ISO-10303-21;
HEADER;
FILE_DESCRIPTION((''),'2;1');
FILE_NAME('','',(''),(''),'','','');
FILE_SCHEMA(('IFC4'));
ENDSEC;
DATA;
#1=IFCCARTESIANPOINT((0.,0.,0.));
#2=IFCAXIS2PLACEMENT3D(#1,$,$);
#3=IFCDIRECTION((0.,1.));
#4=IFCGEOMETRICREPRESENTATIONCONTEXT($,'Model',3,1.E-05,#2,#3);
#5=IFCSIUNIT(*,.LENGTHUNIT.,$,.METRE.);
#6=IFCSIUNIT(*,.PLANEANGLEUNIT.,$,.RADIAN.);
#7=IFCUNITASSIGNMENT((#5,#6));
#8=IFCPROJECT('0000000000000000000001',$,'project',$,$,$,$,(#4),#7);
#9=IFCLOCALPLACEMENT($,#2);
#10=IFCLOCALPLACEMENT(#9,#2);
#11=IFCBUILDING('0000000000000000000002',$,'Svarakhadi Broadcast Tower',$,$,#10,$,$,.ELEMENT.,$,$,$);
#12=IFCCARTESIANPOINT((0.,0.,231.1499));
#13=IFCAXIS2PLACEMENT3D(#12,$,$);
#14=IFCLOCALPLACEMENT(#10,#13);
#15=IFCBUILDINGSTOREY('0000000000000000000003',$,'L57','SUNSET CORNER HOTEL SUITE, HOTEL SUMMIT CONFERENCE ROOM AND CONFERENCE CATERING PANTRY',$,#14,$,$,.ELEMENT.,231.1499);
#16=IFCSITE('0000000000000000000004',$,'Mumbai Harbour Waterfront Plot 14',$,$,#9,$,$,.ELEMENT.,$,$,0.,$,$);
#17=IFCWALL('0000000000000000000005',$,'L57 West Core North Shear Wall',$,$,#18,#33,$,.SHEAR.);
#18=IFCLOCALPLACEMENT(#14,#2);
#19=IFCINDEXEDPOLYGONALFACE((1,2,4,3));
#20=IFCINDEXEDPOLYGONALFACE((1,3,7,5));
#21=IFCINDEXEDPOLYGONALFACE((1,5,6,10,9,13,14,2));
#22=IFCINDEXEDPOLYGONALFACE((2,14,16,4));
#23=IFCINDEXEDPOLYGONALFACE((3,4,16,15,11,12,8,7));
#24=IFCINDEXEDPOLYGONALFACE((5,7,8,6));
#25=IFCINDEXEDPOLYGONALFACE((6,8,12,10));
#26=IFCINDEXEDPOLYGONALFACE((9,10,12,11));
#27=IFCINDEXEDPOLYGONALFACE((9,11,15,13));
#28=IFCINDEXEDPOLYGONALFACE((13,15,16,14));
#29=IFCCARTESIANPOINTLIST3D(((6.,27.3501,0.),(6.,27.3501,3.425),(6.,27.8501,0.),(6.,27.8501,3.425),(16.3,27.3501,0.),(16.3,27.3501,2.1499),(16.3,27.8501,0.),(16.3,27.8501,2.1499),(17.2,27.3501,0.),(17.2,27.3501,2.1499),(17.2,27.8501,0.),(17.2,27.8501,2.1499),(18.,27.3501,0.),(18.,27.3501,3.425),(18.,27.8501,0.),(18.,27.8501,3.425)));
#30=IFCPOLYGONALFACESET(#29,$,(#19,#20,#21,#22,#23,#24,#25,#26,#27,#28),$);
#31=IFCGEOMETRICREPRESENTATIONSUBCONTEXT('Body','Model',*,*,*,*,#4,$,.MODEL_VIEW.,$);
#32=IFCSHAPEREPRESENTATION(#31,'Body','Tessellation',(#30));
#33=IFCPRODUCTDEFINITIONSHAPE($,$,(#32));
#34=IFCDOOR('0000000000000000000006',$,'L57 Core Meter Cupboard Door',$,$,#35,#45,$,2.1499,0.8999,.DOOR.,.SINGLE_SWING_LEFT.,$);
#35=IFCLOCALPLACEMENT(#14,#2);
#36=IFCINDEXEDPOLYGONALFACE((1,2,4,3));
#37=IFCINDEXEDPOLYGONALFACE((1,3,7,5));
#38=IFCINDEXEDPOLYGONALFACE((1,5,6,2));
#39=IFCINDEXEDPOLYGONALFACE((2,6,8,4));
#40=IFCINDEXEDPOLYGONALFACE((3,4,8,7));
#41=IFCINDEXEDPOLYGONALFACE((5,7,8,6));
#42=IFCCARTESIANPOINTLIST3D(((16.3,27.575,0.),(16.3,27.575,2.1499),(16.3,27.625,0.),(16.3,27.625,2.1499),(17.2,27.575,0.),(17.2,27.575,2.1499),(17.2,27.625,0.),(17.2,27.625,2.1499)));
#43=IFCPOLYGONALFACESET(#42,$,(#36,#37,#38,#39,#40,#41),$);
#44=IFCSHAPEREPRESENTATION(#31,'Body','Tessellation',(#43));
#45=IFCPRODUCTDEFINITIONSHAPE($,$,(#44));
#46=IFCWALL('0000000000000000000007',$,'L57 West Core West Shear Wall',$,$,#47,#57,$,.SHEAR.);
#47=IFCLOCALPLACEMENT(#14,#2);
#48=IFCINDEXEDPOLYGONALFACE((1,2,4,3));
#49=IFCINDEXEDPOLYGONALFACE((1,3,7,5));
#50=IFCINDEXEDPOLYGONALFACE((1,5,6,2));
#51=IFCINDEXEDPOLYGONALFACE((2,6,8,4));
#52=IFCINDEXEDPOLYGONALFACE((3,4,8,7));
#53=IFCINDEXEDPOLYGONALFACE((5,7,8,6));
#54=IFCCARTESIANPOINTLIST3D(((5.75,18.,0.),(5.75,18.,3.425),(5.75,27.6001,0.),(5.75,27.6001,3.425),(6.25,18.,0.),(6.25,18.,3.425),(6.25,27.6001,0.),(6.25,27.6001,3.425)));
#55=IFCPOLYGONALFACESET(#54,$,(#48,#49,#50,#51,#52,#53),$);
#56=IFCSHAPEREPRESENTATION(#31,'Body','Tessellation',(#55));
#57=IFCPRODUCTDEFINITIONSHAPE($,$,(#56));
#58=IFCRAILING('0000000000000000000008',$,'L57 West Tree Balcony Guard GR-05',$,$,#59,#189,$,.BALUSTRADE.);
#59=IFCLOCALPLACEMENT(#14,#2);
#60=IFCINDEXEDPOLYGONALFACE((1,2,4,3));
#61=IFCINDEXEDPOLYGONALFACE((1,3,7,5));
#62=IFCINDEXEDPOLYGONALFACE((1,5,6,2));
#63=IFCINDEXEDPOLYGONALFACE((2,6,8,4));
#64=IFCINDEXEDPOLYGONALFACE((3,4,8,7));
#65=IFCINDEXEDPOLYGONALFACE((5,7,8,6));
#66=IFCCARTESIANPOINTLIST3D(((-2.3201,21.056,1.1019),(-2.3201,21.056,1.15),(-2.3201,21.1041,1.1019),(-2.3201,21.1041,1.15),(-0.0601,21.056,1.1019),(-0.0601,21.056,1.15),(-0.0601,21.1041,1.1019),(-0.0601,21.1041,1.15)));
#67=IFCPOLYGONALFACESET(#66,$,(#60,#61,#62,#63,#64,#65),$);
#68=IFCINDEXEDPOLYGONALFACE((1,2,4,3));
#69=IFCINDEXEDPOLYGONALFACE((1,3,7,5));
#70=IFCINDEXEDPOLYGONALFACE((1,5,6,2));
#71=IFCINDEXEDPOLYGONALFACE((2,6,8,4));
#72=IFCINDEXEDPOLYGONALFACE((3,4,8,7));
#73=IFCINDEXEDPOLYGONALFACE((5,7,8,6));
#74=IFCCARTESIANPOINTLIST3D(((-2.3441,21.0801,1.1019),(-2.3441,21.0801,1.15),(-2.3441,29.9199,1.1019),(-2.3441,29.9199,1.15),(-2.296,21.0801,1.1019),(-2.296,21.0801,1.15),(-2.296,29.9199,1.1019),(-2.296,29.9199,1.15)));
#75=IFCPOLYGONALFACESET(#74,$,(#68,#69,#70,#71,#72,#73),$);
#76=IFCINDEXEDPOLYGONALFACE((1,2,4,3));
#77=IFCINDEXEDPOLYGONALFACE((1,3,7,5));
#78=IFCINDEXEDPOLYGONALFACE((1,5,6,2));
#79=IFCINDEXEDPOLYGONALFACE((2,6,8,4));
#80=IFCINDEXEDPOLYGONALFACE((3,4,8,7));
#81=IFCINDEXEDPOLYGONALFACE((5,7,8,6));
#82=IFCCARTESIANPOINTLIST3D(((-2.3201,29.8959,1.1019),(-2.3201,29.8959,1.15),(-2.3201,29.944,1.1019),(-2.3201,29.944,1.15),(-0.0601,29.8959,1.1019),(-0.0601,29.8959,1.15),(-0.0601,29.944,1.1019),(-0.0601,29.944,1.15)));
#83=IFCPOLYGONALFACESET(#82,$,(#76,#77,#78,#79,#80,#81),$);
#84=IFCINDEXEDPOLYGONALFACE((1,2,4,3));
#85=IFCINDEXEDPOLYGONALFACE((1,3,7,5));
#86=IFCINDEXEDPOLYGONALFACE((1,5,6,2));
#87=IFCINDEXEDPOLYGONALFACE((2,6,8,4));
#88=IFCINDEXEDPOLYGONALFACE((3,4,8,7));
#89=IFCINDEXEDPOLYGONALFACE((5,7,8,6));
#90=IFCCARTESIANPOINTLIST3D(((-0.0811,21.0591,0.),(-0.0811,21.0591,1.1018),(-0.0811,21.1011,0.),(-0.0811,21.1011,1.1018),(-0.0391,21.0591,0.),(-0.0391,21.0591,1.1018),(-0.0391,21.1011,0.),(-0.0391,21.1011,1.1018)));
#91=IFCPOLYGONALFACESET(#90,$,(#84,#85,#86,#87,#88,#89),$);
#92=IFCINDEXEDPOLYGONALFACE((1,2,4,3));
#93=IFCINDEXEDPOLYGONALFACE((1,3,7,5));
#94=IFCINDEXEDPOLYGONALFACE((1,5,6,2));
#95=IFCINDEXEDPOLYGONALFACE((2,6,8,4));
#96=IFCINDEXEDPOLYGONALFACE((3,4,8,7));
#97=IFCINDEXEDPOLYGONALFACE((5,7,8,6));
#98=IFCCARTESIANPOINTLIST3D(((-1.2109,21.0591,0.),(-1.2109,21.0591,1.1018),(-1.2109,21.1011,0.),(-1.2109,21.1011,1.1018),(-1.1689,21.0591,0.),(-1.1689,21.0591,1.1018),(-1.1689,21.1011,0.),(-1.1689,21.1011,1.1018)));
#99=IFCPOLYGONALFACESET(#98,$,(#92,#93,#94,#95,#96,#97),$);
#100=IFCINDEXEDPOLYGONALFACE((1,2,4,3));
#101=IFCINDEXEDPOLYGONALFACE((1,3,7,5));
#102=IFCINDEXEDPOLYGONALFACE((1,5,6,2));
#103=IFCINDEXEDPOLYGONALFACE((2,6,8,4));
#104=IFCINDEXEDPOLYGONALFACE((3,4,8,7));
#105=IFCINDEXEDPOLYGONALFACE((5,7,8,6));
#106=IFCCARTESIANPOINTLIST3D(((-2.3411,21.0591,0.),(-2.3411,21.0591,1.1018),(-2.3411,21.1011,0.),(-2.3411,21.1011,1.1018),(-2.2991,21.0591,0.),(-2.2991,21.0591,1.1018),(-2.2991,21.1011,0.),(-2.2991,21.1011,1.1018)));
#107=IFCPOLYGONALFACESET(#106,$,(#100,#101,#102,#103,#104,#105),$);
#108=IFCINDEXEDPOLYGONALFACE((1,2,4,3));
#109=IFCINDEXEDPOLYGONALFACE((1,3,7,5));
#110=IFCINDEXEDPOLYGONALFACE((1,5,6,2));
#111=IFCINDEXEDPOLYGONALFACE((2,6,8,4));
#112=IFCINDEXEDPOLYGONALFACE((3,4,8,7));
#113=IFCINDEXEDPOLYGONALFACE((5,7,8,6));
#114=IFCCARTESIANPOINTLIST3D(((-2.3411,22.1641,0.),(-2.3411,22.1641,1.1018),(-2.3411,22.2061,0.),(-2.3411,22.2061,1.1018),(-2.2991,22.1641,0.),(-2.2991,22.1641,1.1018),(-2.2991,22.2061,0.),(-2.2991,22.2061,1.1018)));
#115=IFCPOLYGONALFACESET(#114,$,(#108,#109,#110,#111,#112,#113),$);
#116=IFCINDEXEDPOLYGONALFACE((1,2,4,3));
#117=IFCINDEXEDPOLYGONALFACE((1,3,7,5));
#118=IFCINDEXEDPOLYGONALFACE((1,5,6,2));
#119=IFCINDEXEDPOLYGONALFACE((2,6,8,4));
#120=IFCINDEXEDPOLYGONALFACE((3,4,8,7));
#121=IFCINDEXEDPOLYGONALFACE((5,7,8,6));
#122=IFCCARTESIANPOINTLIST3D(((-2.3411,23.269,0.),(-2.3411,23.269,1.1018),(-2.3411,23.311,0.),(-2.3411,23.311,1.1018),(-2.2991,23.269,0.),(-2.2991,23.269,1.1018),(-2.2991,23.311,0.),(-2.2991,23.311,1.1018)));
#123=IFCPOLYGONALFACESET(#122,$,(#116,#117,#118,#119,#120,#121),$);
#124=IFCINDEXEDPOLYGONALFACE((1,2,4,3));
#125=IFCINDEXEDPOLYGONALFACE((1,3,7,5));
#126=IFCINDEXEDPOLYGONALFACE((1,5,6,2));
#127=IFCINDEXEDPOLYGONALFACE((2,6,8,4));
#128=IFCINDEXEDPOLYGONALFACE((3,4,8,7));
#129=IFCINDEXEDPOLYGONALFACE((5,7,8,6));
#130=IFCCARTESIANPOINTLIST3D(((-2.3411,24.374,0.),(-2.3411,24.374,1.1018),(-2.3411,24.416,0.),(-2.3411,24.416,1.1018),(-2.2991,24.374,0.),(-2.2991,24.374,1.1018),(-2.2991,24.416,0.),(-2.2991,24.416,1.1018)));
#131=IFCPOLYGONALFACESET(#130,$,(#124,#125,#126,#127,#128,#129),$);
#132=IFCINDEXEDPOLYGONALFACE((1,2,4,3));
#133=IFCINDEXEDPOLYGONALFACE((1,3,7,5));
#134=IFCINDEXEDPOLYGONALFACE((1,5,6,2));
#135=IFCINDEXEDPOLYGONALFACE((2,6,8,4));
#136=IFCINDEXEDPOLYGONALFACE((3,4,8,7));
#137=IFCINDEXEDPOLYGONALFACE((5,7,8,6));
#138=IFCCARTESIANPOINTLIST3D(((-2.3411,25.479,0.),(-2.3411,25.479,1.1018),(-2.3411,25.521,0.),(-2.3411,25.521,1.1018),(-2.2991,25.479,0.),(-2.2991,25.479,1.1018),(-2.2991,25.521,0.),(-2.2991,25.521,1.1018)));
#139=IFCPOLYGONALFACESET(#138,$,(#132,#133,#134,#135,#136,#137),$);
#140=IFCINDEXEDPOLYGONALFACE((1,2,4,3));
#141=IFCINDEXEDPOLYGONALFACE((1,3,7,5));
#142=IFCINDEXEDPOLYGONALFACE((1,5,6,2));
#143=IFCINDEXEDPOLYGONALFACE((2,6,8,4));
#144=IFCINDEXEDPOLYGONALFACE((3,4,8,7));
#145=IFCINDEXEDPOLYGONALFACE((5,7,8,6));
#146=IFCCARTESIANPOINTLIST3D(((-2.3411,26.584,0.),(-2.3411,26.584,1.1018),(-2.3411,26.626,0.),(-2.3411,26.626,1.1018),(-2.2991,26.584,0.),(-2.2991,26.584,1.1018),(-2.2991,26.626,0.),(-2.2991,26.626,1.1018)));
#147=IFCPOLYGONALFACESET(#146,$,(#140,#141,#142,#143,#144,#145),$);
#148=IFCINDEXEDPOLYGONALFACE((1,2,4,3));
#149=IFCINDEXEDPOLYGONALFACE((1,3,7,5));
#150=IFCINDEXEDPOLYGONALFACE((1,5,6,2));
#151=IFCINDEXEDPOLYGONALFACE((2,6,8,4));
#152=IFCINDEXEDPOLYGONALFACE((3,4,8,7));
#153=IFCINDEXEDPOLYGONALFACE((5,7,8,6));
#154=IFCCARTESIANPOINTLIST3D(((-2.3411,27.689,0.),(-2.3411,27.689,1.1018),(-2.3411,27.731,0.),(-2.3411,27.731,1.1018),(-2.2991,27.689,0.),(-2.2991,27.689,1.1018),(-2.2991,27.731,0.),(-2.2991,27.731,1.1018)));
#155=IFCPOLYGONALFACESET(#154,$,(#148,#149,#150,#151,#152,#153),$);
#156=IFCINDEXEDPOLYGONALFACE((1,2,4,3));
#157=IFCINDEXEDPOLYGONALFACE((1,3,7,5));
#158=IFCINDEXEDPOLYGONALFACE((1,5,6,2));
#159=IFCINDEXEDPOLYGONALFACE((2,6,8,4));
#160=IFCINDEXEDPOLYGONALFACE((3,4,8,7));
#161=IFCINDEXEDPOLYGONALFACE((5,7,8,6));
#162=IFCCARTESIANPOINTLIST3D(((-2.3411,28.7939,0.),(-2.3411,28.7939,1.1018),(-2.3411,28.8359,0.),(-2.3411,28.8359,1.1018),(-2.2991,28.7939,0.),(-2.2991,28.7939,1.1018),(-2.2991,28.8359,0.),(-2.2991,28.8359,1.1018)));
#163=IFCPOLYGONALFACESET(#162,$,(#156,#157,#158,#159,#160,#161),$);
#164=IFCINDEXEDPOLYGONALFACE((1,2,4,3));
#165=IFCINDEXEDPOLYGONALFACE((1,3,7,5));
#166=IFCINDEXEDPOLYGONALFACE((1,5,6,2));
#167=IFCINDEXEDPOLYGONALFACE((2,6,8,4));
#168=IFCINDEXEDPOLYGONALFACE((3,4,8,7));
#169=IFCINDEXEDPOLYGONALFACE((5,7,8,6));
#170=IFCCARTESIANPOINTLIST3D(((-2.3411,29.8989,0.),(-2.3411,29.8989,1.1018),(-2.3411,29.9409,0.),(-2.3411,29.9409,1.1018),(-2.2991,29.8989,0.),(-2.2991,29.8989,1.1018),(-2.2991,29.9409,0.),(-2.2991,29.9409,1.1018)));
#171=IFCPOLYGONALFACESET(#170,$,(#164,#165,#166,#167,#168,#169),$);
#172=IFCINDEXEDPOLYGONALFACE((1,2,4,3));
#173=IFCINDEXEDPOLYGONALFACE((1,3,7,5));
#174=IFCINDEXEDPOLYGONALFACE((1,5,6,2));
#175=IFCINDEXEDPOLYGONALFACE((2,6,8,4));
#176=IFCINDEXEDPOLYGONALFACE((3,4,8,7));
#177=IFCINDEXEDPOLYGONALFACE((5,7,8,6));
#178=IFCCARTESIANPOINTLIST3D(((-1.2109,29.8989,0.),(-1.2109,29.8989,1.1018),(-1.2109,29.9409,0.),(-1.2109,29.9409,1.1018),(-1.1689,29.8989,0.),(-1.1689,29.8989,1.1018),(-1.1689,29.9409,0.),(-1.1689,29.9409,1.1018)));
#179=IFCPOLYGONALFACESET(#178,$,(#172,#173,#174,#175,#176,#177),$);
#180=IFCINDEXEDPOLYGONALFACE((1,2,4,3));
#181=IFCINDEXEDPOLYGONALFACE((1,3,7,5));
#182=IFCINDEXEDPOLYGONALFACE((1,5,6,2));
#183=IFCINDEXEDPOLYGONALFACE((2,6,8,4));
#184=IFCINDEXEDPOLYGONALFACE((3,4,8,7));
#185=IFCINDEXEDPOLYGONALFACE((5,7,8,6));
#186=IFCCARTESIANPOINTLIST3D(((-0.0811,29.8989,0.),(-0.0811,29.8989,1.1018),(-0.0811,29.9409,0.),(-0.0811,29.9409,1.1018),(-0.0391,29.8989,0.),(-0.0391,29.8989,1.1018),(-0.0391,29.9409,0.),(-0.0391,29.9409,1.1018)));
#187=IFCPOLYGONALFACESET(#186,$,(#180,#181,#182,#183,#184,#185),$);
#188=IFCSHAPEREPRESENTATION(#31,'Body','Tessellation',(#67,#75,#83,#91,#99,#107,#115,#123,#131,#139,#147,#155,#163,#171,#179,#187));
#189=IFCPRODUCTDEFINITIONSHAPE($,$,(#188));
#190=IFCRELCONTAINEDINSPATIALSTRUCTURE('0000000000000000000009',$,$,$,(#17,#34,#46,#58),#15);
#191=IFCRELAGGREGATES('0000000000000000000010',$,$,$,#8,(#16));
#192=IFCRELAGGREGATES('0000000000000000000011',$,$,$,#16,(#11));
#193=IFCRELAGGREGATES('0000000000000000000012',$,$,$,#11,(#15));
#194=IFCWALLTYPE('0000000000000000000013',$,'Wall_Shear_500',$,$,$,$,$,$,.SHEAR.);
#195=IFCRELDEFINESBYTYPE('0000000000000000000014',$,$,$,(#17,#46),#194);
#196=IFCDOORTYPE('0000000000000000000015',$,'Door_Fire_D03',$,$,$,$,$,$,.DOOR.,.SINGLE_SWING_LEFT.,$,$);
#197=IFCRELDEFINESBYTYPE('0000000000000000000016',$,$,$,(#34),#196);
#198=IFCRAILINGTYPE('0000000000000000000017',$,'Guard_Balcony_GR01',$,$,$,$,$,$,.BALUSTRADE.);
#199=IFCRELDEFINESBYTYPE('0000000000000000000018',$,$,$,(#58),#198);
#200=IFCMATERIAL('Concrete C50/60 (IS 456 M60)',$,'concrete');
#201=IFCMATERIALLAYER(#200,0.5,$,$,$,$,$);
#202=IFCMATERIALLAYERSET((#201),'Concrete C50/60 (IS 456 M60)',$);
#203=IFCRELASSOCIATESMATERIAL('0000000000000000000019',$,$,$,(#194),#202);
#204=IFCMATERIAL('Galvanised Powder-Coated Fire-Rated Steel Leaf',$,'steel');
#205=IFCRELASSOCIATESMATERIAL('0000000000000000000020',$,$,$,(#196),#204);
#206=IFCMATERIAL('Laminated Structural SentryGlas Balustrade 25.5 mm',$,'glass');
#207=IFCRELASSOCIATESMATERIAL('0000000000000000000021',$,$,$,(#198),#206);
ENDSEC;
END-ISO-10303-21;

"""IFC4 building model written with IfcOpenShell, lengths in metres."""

from ifc_helpers import new_model, si_unit, direction, frame, frame_2d, origin, origin_2d, place, context, subcontext, project, spatial, rectangle, extrude, material, layer, layer_set, type_object, element, fill, save


model = new_model("IFC4")

# Units and contexts
model_context = context("Model", 3, precision=1e-05, world=origin(), true_north=direction((0.0, 1.0)))
body_context = subcontext(model_context, "Body", "Model", "MODEL_VIEW")
ifc_project = project(units=[si_unit("LENGTHUNIT", "METRE"), si_unit("PLANEANGLEUNIT", "RADIAN")], contexts=[model_context])

# Site, building, storey
site_placement = place(None, origin())
site = spatial("IfcSite", under=ifc_project, at=site_placement, Name="Mumbai Harbour Waterfront Plot 14", CompositionType="ELEMENT", RefElevation=0.0)
building_placement = place(site_placement, origin())
building = spatial("IfcBuilding", under=site, at=building_placement, Name="Svarakhadi Broadcast Tower", CompositionType="ELEMENT")
storey_placement = place(building_placement, frame((0.0, 0.0, 231.1499)))
storey = spatial("IfcBuildingStorey", under=building, at=storey_placement, Name="L57", Description="SUNSET CORNER HOTEL SUITE, HOTEL SUMMIT CONFERENCE ROOM AND CONFERENCE CATERING PANTRY", CompositionType="ELEMENT", Elevation=231.1499)

# Shared definitions
ifc_material_1 = material(Name="Concrete C50/60 (IS 456 M60)", Category="concrete")

# Shared definitions
ifc_material_2 = material(Name="Galvanised Powder-Coated Fire-Rated Steel Leaf", Category="steel")

# Wall, opening, door
ifc_layer_1 = layer(ifc_material_1, 0.5)
ifc_layer_set_1 = layer_set([ifc_layer_1], Name="Concrete C50/60 (IS 456 M60)")
wall_type_1 = type_object("IfcWallType", Name="Wall_Shear_500", PredefinedType="SHEAR", material=ifc_layer_set_1)
wall_1_placement = place(storey_placement, frame((6.0, 27.6001, 0.0), z_axis=(0.0, 0.0, 1.0), x_axis=(1.0, 0.0, 0.0)))
wall_1 = element("IfcWall", 1, at=wall_1_placement, inside=storey, type_object=wall_type_1, Name="L57 West Core North Shear Wall", PredefinedType="SHEAR", context=body_context, shape_type="SweptSolid", body=[
    extrude(rectangle(XDim=12.0, YDim=0.5, at=frame_2d((6.0, 0.0))), origin(), (0.0, 0.0, 1.0), 3.425),
])
opening_1_placement = place(wall_1_placement, frame((10.3, 0.0, 0.0)))
opening_1 = element("IfcOpeningElement", 2, at=opening_1_placement, cuts=wall_1, PredefinedType="OPENING", context=body_context, shape_type="SweptSolid", body=[
    extrude(rectangle(XDim=0.8999, YDim=2.1499, at=frame_2d((0.45, 1.075))), frame((0.0, 0.26, 0.0), z_axis=(0.0, -1.0, 0.0), x_axis=(1.0, 0.0, 0.0)), (0.0, 0.0, 1.0), 0.52),
])
door_type_1 = type_object("IfcDoorType", Name="Door_Fire_D03", OperationType="SINGLE_SWING_LEFT", PredefinedType="DOOR", material=ifc_material_2)
door_1_placement = place(opening_1_placement, origin())
door_1 = element("IfcDoor", 3, at=door_1_placement, inside=storey, type_object=door_type_1, Name="L57 Core Meter Cupboard Door", OperationType="SINGLE_SWING_LEFT", OverallHeight=2.1499, OverallWidth=0.8999, PredefinedType="DOOR", context=body_context, shape_type="SweptSolid", body=[
    extrude(rectangle(XDim=0.8999, YDim=2.1499, at=frame_2d((0.45, 1.075))), frame((0.0, 0.0249, 0.0), z_axis=(0.0, -1.0, 0.0), x_axis=(1.0, 0.0, 0.0)), (0.0, 0.0, 1.0), 0.05),
])
fill(opening_1, door_1)

# Wall
wall_2_placement = place(storey_placement, frame((6.0, 18.0, 0.0), z_axis=(0.0, 0.0, 1.0), x_axis=(0.0, 1.0, 0.0)))
element("IfcWall", 4, at=wall_2_placement, inside=storey, type_object=wall_type_1, Name="L57 West Core West Shear Wall", PredefinedType="SHEAR", context=body_context, shape_type="SweptSolid", body=[
    extrude(rectangle(XDim=9.6001, YDim=0.5, at=frame_2d((4.8, 0.0))), origin(), (0.0, 0.0, 1.0), 3.425),
])

# Railing
ifc_material_3 = material(Name="Laminated Structural SentryGlas Balustrade 25.5 mm", Category="glass")
railing_type = type_object("IfcRailingType", Name="Guard_Balcony_GR01", PredefinedType="BALUSTRADE", material=ifc_material_3)
railing_placement = place(storey_placement, frame((-0.0601, 21.0801, 0.0)))
element("IfcRailing", 5, at=railing_placement, inside=storey, type_object=railing_type, Name="L57 West Tree Balcony Guard GR-05", PredefinedType="BALUSTRADE", context=body_context, shape_type="SweptSolid", body=[
    extrude(rectangle(XDim=0.0481, YDim=0.0481, at=origin_2d()), frame((0.0, 0.0, 1.126), z_axis=(-1.0, 0.0, 0.0), x_axis=(0.0, -1.0, 0.0)), (0.0, 0.0, 1.0), 2.26),
    extrude(rectangle(XDim=0.0481, YDim=0.0481, at=origin_2d()), frame((-2.26, 0.0, 1.126), z_axis=(0.0, 1.0, 0.0), x_axis=(-1.0, 0.0, 0.0)), (0.0, 0.0, 1.0), 8.8398),
    extrude(rectangle(XDim=0.0481, YDim=0.0481, at=origin_2d()), frame((-2.26, 8.8398, 1.126), z_axis=(1.0, 0.0, 0.0), x_axis=(0.0, 1.0, 0.0)), (0.0, 0.0, 1.0), 2.26),
    extrude(rectangle(XDim=0.042, YDim=0.042, at=origin_2d()), origin(), (0.0, 0.0, 1.0), 1.1018),
    extrude(rectangle(XDim=0.042, YDim=0.042, at=origin_2d()), frame((-1.1299, 0.0, 0.0)), (0.0, 0.0, 1.0), 1.1018),
    extrude(rectangle(XDim=0.042, YDim=0.042, at=origin_2d()), frame((-2.26, 0.0, 0.0)), (0.0, 0.0, 1.0), 1.1018),
    extrude(rectangle(XDim=0.042, YDim=0.042, at=origin_2d()), frame((-2.26, 1.105, 0.0)), (0.0, 0.0, 1.0), 1.1018),
    extrude(rectangle(XDim=0.042, YDim=0.042, at=origin_2d()), frame((-2.26, 2.21, 0.0)), (0.0, 0.0, 1.0), 1.1018),
    extrude(rectangle(XDim=0.042, YDim=0.042, at=origin_2d()), frame((-2.26, 3.3149, 0.0)), (0.0, 0.0, 1.0), 1.1018),
    extrude(rectangle(XDim=0.042, YDim=0.042, at=origin_2d()), frame((-2.26, 4.4199, 0.0)), (0.0, 0.0, 1.0), 1.1018),
    extrude(rectangle(XDim=0.042, YDim=0.042, at=origin_2d()), frame((-2.26, 5.5249, 0.0)), (0.0, 0.0, 1.0), 1.1018),
    extrude(rectangle(XDim=0.042, YDim=0.042, at=origin_2d()), frame((-2.26, 6.6299, 0.0)), (0.0, 0.0, 1.0), 1.1018),
    extrude(rectangle(XDim=0.042, YDim=0.042, at=origin_2d()), frame((-2.26, 7.7349, 0.0)), (0.0, 0.0, 1.0), 1.1018),
    extrude(rectangle(XDim=0.042, YDim=0.042, at=origin_2d()), frame((-2.26, 8.8398, 0.0)), (0.0, 0.0, 1.0), 1.1018),
    extrude(rectangle(XDim=0.042, YDim=0.042, at=origin_2d()), frame((-1.1299, 8.8398, 0.0)), (0.0, 0.0, 1.0), 1.1018),
    extrude(rectangle(XDim=0.042, YDim=0.042, at=origin_2d()), frame((0.0, 8.8398, 0.0)), (0.0, 0.0, 1.0), 1.1018),
])

save(model, "model.ifc")
